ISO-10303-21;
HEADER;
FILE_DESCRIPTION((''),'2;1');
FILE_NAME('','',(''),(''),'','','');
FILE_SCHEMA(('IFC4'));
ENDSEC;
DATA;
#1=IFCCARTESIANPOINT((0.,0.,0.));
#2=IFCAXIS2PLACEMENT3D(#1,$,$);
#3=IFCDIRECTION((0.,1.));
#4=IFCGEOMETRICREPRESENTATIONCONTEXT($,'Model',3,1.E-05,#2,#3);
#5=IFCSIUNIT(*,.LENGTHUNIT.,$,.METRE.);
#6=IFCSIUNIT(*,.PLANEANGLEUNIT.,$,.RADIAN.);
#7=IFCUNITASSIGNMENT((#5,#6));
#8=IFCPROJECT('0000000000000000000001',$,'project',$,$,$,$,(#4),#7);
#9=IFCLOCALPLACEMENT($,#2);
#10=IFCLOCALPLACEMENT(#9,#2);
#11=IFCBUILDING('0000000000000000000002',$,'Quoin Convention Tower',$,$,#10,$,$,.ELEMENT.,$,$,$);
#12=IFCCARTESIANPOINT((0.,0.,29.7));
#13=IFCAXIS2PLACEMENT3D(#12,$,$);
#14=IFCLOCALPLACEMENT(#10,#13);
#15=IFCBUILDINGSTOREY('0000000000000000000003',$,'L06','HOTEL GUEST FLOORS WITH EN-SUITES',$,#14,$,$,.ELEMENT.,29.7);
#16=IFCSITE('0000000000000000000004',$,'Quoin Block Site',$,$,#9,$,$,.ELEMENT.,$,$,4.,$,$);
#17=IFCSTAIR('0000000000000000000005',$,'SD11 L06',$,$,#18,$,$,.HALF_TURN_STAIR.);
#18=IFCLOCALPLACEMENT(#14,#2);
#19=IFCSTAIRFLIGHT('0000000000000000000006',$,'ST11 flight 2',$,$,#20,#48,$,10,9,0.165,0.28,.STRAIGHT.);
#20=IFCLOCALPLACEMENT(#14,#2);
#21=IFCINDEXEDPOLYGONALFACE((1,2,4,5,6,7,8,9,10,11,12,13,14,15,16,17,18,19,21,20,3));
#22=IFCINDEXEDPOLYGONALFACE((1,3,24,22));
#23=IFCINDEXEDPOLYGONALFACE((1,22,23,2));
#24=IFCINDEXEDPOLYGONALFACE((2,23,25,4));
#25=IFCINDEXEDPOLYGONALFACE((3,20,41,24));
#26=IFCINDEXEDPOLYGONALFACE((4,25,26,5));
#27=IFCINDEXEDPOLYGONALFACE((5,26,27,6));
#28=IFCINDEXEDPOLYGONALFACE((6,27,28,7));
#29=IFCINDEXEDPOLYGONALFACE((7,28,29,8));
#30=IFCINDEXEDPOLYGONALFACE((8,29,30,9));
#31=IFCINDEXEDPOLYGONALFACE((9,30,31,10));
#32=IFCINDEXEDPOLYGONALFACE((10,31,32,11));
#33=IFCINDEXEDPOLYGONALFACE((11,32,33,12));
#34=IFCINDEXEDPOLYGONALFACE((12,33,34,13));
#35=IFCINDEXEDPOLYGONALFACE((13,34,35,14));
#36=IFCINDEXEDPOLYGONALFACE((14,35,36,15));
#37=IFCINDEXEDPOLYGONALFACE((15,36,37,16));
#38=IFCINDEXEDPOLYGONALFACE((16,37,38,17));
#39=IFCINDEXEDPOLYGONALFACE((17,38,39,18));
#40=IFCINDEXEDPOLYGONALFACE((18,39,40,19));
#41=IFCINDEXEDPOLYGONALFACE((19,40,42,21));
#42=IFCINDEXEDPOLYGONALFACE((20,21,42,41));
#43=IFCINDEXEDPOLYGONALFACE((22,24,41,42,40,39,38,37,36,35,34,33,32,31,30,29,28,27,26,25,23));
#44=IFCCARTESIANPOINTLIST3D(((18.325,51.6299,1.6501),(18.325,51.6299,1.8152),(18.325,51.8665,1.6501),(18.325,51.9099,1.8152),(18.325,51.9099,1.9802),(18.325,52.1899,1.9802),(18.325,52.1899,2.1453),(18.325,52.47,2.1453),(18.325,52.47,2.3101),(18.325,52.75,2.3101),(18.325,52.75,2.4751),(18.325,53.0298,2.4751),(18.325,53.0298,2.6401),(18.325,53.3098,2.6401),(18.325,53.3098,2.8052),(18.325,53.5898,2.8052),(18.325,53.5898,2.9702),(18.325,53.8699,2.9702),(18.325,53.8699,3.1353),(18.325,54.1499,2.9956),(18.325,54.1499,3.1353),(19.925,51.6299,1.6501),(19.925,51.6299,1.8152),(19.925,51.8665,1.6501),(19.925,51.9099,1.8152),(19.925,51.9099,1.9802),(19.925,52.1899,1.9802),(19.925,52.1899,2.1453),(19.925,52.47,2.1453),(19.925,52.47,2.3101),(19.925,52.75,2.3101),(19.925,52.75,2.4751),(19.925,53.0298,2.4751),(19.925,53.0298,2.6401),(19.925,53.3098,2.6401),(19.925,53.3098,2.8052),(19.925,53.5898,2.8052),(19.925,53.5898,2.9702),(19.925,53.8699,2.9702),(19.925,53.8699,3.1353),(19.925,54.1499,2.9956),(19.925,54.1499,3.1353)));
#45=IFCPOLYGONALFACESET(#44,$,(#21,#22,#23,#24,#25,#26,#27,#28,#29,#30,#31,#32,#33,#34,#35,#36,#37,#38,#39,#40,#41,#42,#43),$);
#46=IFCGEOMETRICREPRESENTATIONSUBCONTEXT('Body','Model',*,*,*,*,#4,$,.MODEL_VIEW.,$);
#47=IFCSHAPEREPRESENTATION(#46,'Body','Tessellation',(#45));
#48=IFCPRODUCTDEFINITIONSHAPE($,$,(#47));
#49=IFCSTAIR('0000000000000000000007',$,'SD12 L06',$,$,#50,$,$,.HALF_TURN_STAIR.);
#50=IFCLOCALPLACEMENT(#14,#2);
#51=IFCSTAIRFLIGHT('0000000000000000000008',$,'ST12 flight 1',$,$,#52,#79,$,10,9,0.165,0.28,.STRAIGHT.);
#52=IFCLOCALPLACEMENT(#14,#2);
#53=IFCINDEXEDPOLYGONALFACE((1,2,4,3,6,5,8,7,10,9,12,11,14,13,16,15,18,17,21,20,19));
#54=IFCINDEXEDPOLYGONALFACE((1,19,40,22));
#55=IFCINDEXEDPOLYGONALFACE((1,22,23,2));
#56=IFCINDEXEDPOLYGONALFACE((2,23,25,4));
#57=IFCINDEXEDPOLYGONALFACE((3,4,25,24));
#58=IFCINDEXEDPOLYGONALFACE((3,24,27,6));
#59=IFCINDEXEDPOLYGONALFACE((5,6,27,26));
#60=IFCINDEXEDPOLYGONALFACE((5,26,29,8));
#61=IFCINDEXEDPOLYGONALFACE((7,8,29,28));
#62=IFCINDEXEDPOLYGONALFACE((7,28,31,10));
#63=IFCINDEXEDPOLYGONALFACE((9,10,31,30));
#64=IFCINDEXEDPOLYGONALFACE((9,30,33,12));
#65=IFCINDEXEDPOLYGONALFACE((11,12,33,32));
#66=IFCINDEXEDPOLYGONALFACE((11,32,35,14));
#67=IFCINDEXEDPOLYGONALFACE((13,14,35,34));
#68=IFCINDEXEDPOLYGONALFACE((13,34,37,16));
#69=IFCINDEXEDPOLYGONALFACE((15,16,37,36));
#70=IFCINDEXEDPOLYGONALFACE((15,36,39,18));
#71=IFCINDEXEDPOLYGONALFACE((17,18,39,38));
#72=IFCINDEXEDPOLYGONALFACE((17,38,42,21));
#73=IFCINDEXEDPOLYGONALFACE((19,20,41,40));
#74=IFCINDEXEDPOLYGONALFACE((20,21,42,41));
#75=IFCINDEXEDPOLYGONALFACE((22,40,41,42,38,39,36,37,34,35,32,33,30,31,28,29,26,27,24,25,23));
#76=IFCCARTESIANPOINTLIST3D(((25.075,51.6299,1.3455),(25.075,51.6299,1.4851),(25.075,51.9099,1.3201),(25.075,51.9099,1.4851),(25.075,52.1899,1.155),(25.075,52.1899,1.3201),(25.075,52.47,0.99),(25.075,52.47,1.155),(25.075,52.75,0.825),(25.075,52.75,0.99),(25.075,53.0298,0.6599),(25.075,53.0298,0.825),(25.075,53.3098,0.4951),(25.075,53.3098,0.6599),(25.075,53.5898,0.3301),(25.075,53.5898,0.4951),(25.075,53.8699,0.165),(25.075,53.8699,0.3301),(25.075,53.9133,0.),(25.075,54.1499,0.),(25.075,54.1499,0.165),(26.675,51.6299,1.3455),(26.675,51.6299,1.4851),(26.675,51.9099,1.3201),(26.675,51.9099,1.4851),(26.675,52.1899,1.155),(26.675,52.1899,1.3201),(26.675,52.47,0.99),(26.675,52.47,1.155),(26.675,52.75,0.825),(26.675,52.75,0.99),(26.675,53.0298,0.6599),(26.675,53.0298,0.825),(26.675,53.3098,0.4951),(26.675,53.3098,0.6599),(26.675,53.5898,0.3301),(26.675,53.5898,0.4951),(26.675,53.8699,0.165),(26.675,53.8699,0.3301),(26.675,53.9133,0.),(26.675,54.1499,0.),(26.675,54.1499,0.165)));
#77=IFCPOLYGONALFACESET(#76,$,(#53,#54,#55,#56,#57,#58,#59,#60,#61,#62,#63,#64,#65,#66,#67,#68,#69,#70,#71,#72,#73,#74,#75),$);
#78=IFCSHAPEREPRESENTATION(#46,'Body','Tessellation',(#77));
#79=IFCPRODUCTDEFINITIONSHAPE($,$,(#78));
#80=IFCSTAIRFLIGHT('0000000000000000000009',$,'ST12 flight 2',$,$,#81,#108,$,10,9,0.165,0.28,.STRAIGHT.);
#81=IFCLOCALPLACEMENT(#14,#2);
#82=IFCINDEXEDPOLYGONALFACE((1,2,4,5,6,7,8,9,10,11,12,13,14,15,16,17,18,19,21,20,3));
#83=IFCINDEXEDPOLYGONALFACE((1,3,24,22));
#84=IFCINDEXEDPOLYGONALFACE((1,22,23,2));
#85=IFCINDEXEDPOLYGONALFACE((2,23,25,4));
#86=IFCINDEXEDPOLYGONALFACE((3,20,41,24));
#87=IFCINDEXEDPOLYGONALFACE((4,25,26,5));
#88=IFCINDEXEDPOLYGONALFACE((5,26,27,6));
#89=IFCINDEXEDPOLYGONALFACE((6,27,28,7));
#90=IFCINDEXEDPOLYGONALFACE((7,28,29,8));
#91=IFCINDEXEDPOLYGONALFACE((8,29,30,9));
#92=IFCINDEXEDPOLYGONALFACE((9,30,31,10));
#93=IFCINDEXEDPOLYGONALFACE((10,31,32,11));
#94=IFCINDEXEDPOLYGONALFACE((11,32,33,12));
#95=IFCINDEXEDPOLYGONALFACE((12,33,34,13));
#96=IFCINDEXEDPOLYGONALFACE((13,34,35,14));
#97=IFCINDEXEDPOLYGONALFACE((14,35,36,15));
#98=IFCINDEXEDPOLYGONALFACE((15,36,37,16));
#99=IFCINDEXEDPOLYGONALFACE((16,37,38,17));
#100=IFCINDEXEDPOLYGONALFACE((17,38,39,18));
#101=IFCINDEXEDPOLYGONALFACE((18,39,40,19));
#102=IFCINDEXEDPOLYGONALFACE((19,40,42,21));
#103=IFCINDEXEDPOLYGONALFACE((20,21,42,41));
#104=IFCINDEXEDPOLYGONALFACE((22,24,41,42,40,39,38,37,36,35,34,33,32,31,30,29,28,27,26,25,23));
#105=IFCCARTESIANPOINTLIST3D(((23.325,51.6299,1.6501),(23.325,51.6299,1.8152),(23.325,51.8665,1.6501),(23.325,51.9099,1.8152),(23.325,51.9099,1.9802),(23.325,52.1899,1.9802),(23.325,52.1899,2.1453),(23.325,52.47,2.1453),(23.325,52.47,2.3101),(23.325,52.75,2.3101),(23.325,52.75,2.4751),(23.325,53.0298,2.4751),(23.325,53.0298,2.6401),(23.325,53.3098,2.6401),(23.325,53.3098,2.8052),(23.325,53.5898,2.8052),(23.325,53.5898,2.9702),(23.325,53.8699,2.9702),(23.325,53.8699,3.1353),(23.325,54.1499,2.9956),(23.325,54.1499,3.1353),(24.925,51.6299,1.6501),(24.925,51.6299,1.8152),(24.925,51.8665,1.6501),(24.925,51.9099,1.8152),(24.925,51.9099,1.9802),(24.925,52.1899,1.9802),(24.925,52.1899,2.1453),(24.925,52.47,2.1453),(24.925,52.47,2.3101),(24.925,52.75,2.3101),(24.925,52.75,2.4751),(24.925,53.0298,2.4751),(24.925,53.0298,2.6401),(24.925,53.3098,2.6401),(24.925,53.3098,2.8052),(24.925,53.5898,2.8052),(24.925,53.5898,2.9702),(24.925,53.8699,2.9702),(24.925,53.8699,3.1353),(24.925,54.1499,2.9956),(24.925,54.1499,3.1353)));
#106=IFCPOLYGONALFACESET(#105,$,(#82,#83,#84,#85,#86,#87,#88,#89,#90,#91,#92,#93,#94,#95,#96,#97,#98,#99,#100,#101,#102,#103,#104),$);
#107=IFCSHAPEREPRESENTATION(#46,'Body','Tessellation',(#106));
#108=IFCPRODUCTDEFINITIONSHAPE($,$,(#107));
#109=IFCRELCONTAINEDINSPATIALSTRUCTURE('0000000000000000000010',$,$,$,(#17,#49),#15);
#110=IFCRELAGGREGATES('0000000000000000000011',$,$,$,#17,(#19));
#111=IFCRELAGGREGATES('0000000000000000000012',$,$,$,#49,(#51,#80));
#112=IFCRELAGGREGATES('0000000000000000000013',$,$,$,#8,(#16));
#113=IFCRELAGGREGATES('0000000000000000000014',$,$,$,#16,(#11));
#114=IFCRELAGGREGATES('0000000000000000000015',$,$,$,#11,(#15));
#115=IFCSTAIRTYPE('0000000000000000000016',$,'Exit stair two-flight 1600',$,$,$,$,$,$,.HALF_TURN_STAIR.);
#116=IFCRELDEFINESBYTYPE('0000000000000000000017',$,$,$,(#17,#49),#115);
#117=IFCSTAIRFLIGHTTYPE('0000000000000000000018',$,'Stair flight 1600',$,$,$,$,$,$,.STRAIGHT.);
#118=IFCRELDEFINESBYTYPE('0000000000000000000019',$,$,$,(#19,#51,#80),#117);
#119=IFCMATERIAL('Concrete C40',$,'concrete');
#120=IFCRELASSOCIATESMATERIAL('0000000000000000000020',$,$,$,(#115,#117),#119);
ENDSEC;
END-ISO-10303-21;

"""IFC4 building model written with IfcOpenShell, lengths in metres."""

from ifc_helpers import new_model, si_unit, direction, frame, origin, place, context, subcontext, project, spatial, polyline, outline, extrude, material, type_object, element, aggregate, save


model = new_model("IFC4")

# Units and contexts
model_context = context("Model", 3, precision=1e-05, world=origin(), true_north=direction((0.0, 1.0)))
body_context = subcontext(model_context, "Body", "Model", "MODEL_VIEW")
ifc_project = project(units=[si_unit("LENGTHUNIT", "METRE"), si_unit("PLANEANGLEUNIT", "RADIAN")], contexts=[model_context])

# Site, building, storey
site_placement = place(None, origin())
site = spatial("IfcSite", under=ifc_project, at=site_placement, Name="Quoin Block Site", CompositionType="ELEMENT", RefElevation=4.0)
building_placement = place(site_placement, origin())
building = spatial("IfcBuilding", under=site, at=building_placement, Name="Quoin Convention Tower", CompositionType="ELEMENT")
storey_placement = place(building_placement, frame((0.0, 0.0, 29.7)))
storey = spatial("IfcBuildingStorey", under=building, at=storey_placement, Name="L06", Description="HOTEL GUEST FLOORS WITH EN-SUITES", CompositionType="ELEMENT", Elevation=29.7)

# Stairs, stair flights
ifc_material_1 = material(Name="Concrete C40", Category="concrete")
stair_type = type_object("IfcStairType", Name="Exit stair two-flight 1600", PredefinedType="HALF_TURN_STAIR", material=ifc_material_1)
stair_1_placement = place(storey_placement, origin())
stair_1 = element("IfcStair", 1, at=stair_1_placement, inside=storey, type_object=stair_type, Name="SD11 L06", PredefinedType="HALF_TURN_STAIR")
stair_flight_type = type_object("IfcStairFlightType", Name="Stair flight 1600", PredefinedType="STRAIGHT", material=ifc_material_1)
stair_flight_1_placement = place(storey_placement, frame((19.125, 51.6299, 1.6501), z_axis=(0.0, 0.0, 1.0), x_axis=(0.0, 1.0, 0.0)))
stair_flight_1 = element("IfcStairFlight", 2, at=stair_flight_1_placement, type_object=stair_flight_type, Name="ST11 flight 2", NumberOfRisers=10, NumberOfTreads=9, PredefinedType="STRAIGHT", RiserHeight=0.165, TreadLength=0.28, context=body_context, shape_type="SweptSolid", body=[
    extrude(outline(polyline([(0.0, 0.0), (0.0, 0.165), (0.28, 0.165), (0.28, 0.3301), (0.5601, 0.3301), (0.5601, 0.4951), (0.8401, 0.4951), (0.8401, 0.6599), (1.1201, 0.6599), (1.1201, 0.825), (1.3999, 0.825), (1.3999, 0.99), (1.6799, 0.99), (1.6799, 1.155), (1.96, 1.155), (1.96, 1.3201), (2.24, 1.3201), (2.24, 1.4851), (2.52, 1.4851), (2.52, 1.6499), (2.52, 1.3455), (0.2366, 0.0), (0.0, 0.0)])), frame((0.0, 0.8, 0.0), z_axis=(0.0, -1.0, 0.0), x_axis=(1.0, 0.0, 0.0)), (0.0, 0.0, 1.0), 1.6001),
])
aggregate(stair_1, [stair_flight_1])
stair_2_placement = place(storey_placement, origin())
stair_2 = element("IfcStair", 3, at=stair_2_placement, inside=storey, type_object=stair_type, Name="SD12 L06", PredefinedType="HALF_TURN_STAIR")
stair_flight_2_placement = place(storey_placement, frame((25.875, 54.1499, 0.0), z_axis=(0.0, 0.0, 1.0), x_axis=(0.0, -1.0, 0.0)))
stair_flight_2 = element("IfcStairFlight", 4, at=stair_flight_2_placement, type_object=stair_flight_type, Name="ST12 flight 1", NumberOfRisers=10, NumberOfTreads=9, PredefinedType="STRAIGHT", RiserHeight=0.165, TreadLength=0.28, context=body_context, shape_type="SweptSolid", body=[
    extrude(outline(polyline([(0.0, 0.0), (0.0, 0.165), (0.28, 0.165), (0.28, 0.3301), (0.5601, 0.3301), (0.5601, 0.4951), (0.8401, 0.4951), (0.8401, 0.6599), (1.1201, 0.6599), (1.1201, 0.825), (1.3999, 0.825), (1.3999, 0.99), (1.6799, 0.99), (1.6799, 1.155), (1.96, 1.155), (1.96, 1.3201), (2.24, 1.3201), (2.24, 1.4851), (2.52, 1.4851), (2.52, 1.6499), (2.52, 1.3455), (0.2366, 0.0), (0.0, 0.0)])), frame((0.0, 0.8, 0.0), z_axis=(0.0, -1.0, 0.0), x_axis=(1.0, 0.0, 0.0)), (0.0, 0.0, 1.0), 1.6001),
])
stair_flight_3_placement = place(storey_placement, frame((24.125, 51.6299, 1.6501), z_axis=(0.0, 0.0, 1.0), x_axis=(0.0, 1.0, 0.0)))
stair_flight_3 = element("IfcStairFlight", 5, at=stair_flight_3_placement, type_object=stair_flight_type, Name="ST12 flight 2", NumberOfRisers=10, NumberOfTreads=9, PredefinedType="STRAIGHT", RiserHeight=0.165, TreadLength=0.28, context=body_context, shape_type="SweptSolid", body=[
    extrude(outline(polyline([(0.0, 0.0), (0.0, 0.165), (0.28, 0.165), (0.28, 0.3301), (0.5601, 0.3301), (0.5601, 0.4951), (0.8401, 0.4951), (0.8401, 0.6599), (1.1201, 0.6599), (1.1201, 0.825), (1.3999, 0.825), (1.3999, 0.99), (1.6799, 0.99), (1.6799, 1.155), (1.96, 1.155), (1.96, 1.3201), (2.24, 1.3201), (2.24, 1.4851), (2.52, 1.4851), (2.52, 1.6499), (2.52, 1.3455), (0.2366, 0.0), (0.0, 0.0)])), frame((0.0, 0.8, 0.0), z_axis=(0.0, -1.0, 0.0), x_axis=(1.0, 0.0, 0.0)), (0.0, 0.0, 1.0), 1.6001),
])
aggregate(stair_2, [stair_flight_2, stair_flight_3])

save(model, "model.ifc")
